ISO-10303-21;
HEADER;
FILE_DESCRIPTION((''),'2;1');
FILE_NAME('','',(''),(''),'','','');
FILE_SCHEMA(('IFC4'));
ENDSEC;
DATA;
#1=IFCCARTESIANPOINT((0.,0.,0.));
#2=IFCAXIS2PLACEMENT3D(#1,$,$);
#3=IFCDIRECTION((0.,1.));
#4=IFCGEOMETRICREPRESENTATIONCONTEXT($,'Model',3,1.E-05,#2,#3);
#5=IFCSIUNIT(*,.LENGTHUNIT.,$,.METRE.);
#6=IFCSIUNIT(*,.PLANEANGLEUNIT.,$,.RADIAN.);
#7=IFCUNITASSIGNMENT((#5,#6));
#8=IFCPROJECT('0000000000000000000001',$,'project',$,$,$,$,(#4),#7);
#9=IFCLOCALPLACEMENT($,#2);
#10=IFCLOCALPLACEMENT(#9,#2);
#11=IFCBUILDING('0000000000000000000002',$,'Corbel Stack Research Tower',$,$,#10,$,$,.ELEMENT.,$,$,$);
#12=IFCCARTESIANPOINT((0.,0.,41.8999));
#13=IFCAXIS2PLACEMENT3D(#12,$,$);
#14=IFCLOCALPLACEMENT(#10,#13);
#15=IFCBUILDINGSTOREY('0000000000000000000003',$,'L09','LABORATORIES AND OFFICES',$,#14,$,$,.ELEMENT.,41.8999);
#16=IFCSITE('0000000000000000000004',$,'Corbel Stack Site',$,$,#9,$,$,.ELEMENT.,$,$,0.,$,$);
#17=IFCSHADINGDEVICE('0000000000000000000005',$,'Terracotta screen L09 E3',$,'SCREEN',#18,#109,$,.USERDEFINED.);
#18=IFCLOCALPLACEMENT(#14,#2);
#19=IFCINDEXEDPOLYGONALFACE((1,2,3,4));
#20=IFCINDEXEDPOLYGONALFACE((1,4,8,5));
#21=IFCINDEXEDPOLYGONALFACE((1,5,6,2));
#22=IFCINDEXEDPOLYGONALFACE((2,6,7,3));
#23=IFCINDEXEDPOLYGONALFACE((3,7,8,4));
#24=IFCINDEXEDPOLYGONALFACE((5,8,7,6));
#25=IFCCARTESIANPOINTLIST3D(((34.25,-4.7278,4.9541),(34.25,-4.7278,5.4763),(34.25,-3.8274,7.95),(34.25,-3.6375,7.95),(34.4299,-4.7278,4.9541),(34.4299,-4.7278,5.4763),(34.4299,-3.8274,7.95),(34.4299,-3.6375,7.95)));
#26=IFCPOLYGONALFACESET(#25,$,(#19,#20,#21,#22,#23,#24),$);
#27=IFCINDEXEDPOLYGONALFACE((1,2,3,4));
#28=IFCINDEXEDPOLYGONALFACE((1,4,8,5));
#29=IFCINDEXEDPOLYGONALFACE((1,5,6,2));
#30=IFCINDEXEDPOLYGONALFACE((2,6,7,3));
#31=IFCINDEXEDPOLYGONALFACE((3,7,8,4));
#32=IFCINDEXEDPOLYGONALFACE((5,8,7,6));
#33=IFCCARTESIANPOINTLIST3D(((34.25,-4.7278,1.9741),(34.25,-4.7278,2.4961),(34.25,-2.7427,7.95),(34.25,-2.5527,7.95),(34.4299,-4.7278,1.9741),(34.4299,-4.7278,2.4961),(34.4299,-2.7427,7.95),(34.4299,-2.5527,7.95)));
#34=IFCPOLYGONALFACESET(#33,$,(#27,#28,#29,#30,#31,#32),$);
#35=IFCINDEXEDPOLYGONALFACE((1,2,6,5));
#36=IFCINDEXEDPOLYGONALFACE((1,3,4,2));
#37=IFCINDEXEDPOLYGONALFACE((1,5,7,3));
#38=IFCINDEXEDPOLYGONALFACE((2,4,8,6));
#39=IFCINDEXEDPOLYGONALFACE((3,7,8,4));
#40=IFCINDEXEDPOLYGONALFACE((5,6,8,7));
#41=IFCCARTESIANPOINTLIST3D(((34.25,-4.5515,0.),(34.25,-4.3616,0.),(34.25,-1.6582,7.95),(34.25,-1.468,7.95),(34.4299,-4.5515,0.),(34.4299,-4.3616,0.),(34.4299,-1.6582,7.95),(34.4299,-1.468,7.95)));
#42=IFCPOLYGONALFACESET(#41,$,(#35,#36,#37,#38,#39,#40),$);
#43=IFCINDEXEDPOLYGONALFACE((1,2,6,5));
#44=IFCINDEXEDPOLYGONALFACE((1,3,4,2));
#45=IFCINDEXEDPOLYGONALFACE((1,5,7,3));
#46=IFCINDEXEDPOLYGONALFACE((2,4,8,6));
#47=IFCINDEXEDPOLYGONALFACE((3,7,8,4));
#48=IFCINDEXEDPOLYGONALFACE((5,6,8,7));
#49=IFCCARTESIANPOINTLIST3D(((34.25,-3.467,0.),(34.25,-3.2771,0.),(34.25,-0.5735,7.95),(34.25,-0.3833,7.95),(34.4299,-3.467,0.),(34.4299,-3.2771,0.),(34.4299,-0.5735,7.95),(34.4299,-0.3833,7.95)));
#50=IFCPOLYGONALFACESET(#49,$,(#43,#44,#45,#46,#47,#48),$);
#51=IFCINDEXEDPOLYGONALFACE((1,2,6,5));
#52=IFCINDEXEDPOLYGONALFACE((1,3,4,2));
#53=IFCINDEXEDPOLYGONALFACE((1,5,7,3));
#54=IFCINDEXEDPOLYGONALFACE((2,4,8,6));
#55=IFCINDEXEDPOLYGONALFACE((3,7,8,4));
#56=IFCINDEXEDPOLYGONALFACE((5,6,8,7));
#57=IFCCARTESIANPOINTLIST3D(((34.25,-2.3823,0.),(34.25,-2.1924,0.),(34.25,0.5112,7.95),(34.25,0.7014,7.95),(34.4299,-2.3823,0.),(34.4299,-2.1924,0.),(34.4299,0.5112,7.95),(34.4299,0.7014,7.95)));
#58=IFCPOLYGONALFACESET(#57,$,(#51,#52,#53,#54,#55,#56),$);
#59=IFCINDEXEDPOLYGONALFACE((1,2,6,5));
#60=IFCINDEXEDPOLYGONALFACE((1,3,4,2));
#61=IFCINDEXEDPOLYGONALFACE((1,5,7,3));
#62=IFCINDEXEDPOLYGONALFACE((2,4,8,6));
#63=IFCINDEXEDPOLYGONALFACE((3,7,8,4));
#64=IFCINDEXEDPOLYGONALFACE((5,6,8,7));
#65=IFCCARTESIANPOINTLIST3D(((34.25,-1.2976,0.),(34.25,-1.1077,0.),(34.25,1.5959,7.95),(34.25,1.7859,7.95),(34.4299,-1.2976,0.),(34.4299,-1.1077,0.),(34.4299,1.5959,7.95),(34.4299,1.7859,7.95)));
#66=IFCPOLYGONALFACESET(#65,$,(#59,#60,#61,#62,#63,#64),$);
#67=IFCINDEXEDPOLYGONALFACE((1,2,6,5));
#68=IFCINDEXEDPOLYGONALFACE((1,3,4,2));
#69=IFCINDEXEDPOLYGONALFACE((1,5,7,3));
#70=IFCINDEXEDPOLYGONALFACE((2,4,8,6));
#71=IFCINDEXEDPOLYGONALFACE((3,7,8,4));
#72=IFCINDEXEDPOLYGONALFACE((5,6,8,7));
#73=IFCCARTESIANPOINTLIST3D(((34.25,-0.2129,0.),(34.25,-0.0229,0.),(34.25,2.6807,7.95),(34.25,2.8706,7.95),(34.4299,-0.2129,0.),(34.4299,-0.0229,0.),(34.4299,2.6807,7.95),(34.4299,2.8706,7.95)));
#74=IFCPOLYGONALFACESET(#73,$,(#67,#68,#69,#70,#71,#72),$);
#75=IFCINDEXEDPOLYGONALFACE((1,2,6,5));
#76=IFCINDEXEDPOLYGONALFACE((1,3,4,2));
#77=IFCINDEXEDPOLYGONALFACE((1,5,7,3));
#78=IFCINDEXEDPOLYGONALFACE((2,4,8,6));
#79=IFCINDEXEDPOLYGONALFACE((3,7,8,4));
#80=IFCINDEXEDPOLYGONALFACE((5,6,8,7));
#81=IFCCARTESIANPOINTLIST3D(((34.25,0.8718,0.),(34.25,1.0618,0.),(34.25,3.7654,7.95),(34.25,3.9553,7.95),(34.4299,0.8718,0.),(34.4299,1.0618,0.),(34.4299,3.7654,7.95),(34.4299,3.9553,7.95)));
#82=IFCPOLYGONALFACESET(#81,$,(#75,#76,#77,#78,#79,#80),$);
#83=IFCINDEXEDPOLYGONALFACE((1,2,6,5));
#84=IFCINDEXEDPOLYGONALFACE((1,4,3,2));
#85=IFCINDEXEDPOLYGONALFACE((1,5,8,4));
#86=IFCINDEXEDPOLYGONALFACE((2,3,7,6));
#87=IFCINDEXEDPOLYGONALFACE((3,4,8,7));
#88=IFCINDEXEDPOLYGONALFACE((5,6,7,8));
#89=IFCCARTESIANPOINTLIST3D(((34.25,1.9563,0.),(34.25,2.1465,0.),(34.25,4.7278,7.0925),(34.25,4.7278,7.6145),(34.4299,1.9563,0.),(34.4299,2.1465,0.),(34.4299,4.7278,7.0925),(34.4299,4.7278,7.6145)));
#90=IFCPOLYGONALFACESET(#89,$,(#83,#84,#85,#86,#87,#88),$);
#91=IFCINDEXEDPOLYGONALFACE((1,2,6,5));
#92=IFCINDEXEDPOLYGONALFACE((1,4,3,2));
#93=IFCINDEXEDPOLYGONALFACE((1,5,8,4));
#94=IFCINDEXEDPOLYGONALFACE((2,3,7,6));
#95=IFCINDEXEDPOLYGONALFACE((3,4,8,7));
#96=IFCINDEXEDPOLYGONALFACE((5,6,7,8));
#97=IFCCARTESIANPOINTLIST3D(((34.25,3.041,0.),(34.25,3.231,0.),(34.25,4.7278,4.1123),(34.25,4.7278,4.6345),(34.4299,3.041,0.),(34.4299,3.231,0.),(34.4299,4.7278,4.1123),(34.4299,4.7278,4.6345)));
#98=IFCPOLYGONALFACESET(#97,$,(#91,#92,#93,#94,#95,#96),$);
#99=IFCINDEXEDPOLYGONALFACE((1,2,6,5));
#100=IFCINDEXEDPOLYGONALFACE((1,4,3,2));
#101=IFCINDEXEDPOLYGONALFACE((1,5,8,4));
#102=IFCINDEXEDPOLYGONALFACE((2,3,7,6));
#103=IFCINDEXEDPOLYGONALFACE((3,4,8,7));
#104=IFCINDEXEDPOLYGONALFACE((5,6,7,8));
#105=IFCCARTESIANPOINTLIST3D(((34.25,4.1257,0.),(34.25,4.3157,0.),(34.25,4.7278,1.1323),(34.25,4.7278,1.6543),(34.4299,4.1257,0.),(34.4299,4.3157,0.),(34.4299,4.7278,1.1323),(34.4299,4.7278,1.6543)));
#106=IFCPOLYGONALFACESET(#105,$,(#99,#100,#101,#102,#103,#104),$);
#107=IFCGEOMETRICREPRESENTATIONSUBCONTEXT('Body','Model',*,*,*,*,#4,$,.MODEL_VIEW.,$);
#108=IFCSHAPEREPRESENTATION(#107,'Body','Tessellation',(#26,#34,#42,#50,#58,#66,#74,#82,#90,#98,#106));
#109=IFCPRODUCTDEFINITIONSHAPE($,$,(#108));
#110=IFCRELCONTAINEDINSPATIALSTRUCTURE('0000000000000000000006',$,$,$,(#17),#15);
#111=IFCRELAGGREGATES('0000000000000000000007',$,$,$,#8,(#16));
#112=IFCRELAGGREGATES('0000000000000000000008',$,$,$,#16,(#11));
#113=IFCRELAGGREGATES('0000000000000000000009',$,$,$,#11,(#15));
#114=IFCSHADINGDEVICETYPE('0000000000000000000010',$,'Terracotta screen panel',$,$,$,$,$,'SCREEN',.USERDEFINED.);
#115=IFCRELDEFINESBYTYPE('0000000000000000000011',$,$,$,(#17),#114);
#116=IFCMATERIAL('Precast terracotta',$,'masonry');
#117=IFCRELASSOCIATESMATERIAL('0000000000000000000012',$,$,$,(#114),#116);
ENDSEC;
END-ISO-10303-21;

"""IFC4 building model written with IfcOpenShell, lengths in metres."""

from ifc_helpers import new_model, si_unit, direction, frame, origin, place, context, subcontext, project, spatial, polyline, outline, extrude, source, transform, mapped, material, type_object, element, save


model = new_model("IFC4")

# Units and contexts
model_context = context("Model", 3, precision=1e-05, world=origin(), true_north=direction((0.0, 1.0)))
body_context = subcontext(model_context, "Body", "Model", "MODEL_VIEW")
ifc_project = project(units=[si_unit("LENGTHUNIT", "METRE"), si_unit("PLANEANGLEUNIT", "RADIAN")], contexts=[model_context])

# Site, building, storey
site_placement = place(None, origin())
site = spatial("IfcSite", under=ifc_project, at=site_placement, Name="Corbel Stack Site", CompositionType="ELEMENT", RefElevation=0.0)
building_placement = place(site_placement, origin())
building = spatial("IfcBuilding", under=site, at=building_placement, Name="Corbel Stack Research Tower", CompositionType="ELEMENT")
storey_placement = place(building_placement, frame((0.0, 0.0, 41.8999)))
storey = spatial("IfcBuildingStorey", under=building, at=storey_placement, Name="L09", Description="LABORATORIES AND OFFICES", CompositionType="ELEMENT", Elevation=41.8999)

# Shading device
ifc_material_1 = material(Name="Precast terracotta", Category="masonry")
shading_device_type = type_object("IfcShadingDeviceType", Name="Terracotta screen panel", ElementType="SCREEN", PredefinedType="USERDEFINED", material=ifc_material_1)
shared_shape = source(origin(), body_context, "Body", "SweptSolid", [
    extrude(outline(polyline([(1.0903, 7.95), (0.9004, 7.95), (0.0, 5.4763), (0.0, 4.9541), (1.0903, 7.95)])), frame((0.0, 0.0, 0.0), z_axis=(0.0, -1.0, 0.0), x_axis=(1.0, 0.0, 0.0)), (0.0, 0.0, 1.0), 0.1799),
    extrude(outline(polyline([(2.175, 7.95), (1.9851, 7.95), (0.0, 2.4961), (0.0, 1.9741), (2.175, 7.95)])), frame((0.0, 0.0, 0.0), z_axis=(0.0, -1.0, 0.0), x_axis=(1.0, 0.0, 0.0)), (0.0, 0.0, 1.0), 0.1799),
    extrude(outline(polyline([(0.3662, 0.0), (3.2598, 7.95), (3.0696, 7.95), (0.1763, 0.0), (0.3662, 0.0)])), frame((0.0, 0.0, 0.0), z_axis=(0.0, -1.0, 0.0), x_axis=(1.0, 0.0, 0.0)), (0.0, 0.0, 1.0), 0.1799),
    extrude(outline(polyline([(1.4507, 0.0), (4.3445, 7.95), (4.1543, 7.95), (1.2607, 0.0), (1.4507, 0.0)])), frame((0.0, 0.0, 0.0), z_axis=(0.0, -1.0, 0.0), x_axis=(1.0, 0.0, 0.0)), (0.0, 0.0, 1.0), 0.1799),
    extrude(outline(polyline([(2.5354, 0.0), (5.4292, 7.95), (5.239, 7.95), (2.3455, 0.0), (2.5354, 0.0)])), frame((0.0, 0.0, 0.0), z_axis=(0.0, -1.0, 0.0), x_axis=(1.0, 0.0, 0.0)), (0.0, 0.0, 1.0), 0.1799),
    extrude(outline(polyline([(3.6201, 0.0), (6.5137, 7.95), (6.3237, 7.95), (3.4302, 0.0), (3.6201, 0.0)])), frame((0.0, 0.0, 0.0), z_axis=(0.0, -1.0, 0.0), x_axis=(1.0, 0.0, 0.0)), (0.0, 0.0, 1.0), 0.1799),
    extrude(outline(polyline([(4.7048, 0.0), (7.5984, 7.95), (7.4084, 7.95), (4.5149, 0.0), (4.7048, 0.0)])), frame((0.0, 0.0, 0.0), z_axis=(0.0, -1.0, 0.0), x_axis=(1.0, 0.0, 0.0)), (0.0, 0.0, 1.0), 0.1799),
    extrude(outline(polyline([(5.7896, 0.0), (8.6831, 7.95), (8.4932, 7.95), (5.5996, 0.0), (5.7896, 0.0)])), frame((0.0, 0.0, 0.0), z_axis=(0.0, -1.0, 0.0), x_axis=(1.0, 0.0, 0.0)), (0.0, 0.0, 1.0), 0.1799),
    extrude(outline(polyline([(6.8743, 0.0), (9.4556, 7.0925), (9.4556, 7.6145), (6.6841, 0.0), (6.8743, 0.0)])), frame((0.0, 0.0, 0.0), z_axis=(0.0, -1.0, 0.0), x_axis=(1.0, 0.0, 0.0)), (0.0, 0.0, 1.0), 0.1799),
    extrude(outline(polyline([(7.9587, 0.0), (9.4556, 4.1123), (9.4556, 4.6345), (7.7688, 0.0), (7.9587, 0.0)])), frame((0.0, 0.0, 0.0), z_axis=(0.0, -1.0, 0.0), x_axis=(1.0, 0.0, 0.0)), (0.0, 0.0, 1.0), 0.1799),
    extrude(outline(polyline([(9.0435, 0.0), (9.4556, 1.1323), (9.4556, 1.6543), (8.8535, 0.0), (9.0435, 0.0)])), frame((0.0, 0.0, 0.0), z_axis=(0.0, -1.0, 0.0), x_axis=(1.0, 0.0, 0.0)), (0.0, 0.0, 1.0), 0.1799),
])
shading_device_placement = place(storey_placement, frame((34.25, -4.7278, 0.0), z_axis=(0.0, 0.0, 1.0), x_axis=(0.0, 1.0, 0.0)))
element("IfcShadingDevice", 1, at=shading_device_placement, inside=storey, type_object=shading_device_type, Name="Terracotta screen L09 E3", ObjectType="SCREEN", PredefinedType="USERDEFINED", context=body_context, shape_type="MappedRepresentation", body=[
    mapped(shared_shape, transform((0.0, 0.0, 0.0))),
])

save(model, "model.ifc")
